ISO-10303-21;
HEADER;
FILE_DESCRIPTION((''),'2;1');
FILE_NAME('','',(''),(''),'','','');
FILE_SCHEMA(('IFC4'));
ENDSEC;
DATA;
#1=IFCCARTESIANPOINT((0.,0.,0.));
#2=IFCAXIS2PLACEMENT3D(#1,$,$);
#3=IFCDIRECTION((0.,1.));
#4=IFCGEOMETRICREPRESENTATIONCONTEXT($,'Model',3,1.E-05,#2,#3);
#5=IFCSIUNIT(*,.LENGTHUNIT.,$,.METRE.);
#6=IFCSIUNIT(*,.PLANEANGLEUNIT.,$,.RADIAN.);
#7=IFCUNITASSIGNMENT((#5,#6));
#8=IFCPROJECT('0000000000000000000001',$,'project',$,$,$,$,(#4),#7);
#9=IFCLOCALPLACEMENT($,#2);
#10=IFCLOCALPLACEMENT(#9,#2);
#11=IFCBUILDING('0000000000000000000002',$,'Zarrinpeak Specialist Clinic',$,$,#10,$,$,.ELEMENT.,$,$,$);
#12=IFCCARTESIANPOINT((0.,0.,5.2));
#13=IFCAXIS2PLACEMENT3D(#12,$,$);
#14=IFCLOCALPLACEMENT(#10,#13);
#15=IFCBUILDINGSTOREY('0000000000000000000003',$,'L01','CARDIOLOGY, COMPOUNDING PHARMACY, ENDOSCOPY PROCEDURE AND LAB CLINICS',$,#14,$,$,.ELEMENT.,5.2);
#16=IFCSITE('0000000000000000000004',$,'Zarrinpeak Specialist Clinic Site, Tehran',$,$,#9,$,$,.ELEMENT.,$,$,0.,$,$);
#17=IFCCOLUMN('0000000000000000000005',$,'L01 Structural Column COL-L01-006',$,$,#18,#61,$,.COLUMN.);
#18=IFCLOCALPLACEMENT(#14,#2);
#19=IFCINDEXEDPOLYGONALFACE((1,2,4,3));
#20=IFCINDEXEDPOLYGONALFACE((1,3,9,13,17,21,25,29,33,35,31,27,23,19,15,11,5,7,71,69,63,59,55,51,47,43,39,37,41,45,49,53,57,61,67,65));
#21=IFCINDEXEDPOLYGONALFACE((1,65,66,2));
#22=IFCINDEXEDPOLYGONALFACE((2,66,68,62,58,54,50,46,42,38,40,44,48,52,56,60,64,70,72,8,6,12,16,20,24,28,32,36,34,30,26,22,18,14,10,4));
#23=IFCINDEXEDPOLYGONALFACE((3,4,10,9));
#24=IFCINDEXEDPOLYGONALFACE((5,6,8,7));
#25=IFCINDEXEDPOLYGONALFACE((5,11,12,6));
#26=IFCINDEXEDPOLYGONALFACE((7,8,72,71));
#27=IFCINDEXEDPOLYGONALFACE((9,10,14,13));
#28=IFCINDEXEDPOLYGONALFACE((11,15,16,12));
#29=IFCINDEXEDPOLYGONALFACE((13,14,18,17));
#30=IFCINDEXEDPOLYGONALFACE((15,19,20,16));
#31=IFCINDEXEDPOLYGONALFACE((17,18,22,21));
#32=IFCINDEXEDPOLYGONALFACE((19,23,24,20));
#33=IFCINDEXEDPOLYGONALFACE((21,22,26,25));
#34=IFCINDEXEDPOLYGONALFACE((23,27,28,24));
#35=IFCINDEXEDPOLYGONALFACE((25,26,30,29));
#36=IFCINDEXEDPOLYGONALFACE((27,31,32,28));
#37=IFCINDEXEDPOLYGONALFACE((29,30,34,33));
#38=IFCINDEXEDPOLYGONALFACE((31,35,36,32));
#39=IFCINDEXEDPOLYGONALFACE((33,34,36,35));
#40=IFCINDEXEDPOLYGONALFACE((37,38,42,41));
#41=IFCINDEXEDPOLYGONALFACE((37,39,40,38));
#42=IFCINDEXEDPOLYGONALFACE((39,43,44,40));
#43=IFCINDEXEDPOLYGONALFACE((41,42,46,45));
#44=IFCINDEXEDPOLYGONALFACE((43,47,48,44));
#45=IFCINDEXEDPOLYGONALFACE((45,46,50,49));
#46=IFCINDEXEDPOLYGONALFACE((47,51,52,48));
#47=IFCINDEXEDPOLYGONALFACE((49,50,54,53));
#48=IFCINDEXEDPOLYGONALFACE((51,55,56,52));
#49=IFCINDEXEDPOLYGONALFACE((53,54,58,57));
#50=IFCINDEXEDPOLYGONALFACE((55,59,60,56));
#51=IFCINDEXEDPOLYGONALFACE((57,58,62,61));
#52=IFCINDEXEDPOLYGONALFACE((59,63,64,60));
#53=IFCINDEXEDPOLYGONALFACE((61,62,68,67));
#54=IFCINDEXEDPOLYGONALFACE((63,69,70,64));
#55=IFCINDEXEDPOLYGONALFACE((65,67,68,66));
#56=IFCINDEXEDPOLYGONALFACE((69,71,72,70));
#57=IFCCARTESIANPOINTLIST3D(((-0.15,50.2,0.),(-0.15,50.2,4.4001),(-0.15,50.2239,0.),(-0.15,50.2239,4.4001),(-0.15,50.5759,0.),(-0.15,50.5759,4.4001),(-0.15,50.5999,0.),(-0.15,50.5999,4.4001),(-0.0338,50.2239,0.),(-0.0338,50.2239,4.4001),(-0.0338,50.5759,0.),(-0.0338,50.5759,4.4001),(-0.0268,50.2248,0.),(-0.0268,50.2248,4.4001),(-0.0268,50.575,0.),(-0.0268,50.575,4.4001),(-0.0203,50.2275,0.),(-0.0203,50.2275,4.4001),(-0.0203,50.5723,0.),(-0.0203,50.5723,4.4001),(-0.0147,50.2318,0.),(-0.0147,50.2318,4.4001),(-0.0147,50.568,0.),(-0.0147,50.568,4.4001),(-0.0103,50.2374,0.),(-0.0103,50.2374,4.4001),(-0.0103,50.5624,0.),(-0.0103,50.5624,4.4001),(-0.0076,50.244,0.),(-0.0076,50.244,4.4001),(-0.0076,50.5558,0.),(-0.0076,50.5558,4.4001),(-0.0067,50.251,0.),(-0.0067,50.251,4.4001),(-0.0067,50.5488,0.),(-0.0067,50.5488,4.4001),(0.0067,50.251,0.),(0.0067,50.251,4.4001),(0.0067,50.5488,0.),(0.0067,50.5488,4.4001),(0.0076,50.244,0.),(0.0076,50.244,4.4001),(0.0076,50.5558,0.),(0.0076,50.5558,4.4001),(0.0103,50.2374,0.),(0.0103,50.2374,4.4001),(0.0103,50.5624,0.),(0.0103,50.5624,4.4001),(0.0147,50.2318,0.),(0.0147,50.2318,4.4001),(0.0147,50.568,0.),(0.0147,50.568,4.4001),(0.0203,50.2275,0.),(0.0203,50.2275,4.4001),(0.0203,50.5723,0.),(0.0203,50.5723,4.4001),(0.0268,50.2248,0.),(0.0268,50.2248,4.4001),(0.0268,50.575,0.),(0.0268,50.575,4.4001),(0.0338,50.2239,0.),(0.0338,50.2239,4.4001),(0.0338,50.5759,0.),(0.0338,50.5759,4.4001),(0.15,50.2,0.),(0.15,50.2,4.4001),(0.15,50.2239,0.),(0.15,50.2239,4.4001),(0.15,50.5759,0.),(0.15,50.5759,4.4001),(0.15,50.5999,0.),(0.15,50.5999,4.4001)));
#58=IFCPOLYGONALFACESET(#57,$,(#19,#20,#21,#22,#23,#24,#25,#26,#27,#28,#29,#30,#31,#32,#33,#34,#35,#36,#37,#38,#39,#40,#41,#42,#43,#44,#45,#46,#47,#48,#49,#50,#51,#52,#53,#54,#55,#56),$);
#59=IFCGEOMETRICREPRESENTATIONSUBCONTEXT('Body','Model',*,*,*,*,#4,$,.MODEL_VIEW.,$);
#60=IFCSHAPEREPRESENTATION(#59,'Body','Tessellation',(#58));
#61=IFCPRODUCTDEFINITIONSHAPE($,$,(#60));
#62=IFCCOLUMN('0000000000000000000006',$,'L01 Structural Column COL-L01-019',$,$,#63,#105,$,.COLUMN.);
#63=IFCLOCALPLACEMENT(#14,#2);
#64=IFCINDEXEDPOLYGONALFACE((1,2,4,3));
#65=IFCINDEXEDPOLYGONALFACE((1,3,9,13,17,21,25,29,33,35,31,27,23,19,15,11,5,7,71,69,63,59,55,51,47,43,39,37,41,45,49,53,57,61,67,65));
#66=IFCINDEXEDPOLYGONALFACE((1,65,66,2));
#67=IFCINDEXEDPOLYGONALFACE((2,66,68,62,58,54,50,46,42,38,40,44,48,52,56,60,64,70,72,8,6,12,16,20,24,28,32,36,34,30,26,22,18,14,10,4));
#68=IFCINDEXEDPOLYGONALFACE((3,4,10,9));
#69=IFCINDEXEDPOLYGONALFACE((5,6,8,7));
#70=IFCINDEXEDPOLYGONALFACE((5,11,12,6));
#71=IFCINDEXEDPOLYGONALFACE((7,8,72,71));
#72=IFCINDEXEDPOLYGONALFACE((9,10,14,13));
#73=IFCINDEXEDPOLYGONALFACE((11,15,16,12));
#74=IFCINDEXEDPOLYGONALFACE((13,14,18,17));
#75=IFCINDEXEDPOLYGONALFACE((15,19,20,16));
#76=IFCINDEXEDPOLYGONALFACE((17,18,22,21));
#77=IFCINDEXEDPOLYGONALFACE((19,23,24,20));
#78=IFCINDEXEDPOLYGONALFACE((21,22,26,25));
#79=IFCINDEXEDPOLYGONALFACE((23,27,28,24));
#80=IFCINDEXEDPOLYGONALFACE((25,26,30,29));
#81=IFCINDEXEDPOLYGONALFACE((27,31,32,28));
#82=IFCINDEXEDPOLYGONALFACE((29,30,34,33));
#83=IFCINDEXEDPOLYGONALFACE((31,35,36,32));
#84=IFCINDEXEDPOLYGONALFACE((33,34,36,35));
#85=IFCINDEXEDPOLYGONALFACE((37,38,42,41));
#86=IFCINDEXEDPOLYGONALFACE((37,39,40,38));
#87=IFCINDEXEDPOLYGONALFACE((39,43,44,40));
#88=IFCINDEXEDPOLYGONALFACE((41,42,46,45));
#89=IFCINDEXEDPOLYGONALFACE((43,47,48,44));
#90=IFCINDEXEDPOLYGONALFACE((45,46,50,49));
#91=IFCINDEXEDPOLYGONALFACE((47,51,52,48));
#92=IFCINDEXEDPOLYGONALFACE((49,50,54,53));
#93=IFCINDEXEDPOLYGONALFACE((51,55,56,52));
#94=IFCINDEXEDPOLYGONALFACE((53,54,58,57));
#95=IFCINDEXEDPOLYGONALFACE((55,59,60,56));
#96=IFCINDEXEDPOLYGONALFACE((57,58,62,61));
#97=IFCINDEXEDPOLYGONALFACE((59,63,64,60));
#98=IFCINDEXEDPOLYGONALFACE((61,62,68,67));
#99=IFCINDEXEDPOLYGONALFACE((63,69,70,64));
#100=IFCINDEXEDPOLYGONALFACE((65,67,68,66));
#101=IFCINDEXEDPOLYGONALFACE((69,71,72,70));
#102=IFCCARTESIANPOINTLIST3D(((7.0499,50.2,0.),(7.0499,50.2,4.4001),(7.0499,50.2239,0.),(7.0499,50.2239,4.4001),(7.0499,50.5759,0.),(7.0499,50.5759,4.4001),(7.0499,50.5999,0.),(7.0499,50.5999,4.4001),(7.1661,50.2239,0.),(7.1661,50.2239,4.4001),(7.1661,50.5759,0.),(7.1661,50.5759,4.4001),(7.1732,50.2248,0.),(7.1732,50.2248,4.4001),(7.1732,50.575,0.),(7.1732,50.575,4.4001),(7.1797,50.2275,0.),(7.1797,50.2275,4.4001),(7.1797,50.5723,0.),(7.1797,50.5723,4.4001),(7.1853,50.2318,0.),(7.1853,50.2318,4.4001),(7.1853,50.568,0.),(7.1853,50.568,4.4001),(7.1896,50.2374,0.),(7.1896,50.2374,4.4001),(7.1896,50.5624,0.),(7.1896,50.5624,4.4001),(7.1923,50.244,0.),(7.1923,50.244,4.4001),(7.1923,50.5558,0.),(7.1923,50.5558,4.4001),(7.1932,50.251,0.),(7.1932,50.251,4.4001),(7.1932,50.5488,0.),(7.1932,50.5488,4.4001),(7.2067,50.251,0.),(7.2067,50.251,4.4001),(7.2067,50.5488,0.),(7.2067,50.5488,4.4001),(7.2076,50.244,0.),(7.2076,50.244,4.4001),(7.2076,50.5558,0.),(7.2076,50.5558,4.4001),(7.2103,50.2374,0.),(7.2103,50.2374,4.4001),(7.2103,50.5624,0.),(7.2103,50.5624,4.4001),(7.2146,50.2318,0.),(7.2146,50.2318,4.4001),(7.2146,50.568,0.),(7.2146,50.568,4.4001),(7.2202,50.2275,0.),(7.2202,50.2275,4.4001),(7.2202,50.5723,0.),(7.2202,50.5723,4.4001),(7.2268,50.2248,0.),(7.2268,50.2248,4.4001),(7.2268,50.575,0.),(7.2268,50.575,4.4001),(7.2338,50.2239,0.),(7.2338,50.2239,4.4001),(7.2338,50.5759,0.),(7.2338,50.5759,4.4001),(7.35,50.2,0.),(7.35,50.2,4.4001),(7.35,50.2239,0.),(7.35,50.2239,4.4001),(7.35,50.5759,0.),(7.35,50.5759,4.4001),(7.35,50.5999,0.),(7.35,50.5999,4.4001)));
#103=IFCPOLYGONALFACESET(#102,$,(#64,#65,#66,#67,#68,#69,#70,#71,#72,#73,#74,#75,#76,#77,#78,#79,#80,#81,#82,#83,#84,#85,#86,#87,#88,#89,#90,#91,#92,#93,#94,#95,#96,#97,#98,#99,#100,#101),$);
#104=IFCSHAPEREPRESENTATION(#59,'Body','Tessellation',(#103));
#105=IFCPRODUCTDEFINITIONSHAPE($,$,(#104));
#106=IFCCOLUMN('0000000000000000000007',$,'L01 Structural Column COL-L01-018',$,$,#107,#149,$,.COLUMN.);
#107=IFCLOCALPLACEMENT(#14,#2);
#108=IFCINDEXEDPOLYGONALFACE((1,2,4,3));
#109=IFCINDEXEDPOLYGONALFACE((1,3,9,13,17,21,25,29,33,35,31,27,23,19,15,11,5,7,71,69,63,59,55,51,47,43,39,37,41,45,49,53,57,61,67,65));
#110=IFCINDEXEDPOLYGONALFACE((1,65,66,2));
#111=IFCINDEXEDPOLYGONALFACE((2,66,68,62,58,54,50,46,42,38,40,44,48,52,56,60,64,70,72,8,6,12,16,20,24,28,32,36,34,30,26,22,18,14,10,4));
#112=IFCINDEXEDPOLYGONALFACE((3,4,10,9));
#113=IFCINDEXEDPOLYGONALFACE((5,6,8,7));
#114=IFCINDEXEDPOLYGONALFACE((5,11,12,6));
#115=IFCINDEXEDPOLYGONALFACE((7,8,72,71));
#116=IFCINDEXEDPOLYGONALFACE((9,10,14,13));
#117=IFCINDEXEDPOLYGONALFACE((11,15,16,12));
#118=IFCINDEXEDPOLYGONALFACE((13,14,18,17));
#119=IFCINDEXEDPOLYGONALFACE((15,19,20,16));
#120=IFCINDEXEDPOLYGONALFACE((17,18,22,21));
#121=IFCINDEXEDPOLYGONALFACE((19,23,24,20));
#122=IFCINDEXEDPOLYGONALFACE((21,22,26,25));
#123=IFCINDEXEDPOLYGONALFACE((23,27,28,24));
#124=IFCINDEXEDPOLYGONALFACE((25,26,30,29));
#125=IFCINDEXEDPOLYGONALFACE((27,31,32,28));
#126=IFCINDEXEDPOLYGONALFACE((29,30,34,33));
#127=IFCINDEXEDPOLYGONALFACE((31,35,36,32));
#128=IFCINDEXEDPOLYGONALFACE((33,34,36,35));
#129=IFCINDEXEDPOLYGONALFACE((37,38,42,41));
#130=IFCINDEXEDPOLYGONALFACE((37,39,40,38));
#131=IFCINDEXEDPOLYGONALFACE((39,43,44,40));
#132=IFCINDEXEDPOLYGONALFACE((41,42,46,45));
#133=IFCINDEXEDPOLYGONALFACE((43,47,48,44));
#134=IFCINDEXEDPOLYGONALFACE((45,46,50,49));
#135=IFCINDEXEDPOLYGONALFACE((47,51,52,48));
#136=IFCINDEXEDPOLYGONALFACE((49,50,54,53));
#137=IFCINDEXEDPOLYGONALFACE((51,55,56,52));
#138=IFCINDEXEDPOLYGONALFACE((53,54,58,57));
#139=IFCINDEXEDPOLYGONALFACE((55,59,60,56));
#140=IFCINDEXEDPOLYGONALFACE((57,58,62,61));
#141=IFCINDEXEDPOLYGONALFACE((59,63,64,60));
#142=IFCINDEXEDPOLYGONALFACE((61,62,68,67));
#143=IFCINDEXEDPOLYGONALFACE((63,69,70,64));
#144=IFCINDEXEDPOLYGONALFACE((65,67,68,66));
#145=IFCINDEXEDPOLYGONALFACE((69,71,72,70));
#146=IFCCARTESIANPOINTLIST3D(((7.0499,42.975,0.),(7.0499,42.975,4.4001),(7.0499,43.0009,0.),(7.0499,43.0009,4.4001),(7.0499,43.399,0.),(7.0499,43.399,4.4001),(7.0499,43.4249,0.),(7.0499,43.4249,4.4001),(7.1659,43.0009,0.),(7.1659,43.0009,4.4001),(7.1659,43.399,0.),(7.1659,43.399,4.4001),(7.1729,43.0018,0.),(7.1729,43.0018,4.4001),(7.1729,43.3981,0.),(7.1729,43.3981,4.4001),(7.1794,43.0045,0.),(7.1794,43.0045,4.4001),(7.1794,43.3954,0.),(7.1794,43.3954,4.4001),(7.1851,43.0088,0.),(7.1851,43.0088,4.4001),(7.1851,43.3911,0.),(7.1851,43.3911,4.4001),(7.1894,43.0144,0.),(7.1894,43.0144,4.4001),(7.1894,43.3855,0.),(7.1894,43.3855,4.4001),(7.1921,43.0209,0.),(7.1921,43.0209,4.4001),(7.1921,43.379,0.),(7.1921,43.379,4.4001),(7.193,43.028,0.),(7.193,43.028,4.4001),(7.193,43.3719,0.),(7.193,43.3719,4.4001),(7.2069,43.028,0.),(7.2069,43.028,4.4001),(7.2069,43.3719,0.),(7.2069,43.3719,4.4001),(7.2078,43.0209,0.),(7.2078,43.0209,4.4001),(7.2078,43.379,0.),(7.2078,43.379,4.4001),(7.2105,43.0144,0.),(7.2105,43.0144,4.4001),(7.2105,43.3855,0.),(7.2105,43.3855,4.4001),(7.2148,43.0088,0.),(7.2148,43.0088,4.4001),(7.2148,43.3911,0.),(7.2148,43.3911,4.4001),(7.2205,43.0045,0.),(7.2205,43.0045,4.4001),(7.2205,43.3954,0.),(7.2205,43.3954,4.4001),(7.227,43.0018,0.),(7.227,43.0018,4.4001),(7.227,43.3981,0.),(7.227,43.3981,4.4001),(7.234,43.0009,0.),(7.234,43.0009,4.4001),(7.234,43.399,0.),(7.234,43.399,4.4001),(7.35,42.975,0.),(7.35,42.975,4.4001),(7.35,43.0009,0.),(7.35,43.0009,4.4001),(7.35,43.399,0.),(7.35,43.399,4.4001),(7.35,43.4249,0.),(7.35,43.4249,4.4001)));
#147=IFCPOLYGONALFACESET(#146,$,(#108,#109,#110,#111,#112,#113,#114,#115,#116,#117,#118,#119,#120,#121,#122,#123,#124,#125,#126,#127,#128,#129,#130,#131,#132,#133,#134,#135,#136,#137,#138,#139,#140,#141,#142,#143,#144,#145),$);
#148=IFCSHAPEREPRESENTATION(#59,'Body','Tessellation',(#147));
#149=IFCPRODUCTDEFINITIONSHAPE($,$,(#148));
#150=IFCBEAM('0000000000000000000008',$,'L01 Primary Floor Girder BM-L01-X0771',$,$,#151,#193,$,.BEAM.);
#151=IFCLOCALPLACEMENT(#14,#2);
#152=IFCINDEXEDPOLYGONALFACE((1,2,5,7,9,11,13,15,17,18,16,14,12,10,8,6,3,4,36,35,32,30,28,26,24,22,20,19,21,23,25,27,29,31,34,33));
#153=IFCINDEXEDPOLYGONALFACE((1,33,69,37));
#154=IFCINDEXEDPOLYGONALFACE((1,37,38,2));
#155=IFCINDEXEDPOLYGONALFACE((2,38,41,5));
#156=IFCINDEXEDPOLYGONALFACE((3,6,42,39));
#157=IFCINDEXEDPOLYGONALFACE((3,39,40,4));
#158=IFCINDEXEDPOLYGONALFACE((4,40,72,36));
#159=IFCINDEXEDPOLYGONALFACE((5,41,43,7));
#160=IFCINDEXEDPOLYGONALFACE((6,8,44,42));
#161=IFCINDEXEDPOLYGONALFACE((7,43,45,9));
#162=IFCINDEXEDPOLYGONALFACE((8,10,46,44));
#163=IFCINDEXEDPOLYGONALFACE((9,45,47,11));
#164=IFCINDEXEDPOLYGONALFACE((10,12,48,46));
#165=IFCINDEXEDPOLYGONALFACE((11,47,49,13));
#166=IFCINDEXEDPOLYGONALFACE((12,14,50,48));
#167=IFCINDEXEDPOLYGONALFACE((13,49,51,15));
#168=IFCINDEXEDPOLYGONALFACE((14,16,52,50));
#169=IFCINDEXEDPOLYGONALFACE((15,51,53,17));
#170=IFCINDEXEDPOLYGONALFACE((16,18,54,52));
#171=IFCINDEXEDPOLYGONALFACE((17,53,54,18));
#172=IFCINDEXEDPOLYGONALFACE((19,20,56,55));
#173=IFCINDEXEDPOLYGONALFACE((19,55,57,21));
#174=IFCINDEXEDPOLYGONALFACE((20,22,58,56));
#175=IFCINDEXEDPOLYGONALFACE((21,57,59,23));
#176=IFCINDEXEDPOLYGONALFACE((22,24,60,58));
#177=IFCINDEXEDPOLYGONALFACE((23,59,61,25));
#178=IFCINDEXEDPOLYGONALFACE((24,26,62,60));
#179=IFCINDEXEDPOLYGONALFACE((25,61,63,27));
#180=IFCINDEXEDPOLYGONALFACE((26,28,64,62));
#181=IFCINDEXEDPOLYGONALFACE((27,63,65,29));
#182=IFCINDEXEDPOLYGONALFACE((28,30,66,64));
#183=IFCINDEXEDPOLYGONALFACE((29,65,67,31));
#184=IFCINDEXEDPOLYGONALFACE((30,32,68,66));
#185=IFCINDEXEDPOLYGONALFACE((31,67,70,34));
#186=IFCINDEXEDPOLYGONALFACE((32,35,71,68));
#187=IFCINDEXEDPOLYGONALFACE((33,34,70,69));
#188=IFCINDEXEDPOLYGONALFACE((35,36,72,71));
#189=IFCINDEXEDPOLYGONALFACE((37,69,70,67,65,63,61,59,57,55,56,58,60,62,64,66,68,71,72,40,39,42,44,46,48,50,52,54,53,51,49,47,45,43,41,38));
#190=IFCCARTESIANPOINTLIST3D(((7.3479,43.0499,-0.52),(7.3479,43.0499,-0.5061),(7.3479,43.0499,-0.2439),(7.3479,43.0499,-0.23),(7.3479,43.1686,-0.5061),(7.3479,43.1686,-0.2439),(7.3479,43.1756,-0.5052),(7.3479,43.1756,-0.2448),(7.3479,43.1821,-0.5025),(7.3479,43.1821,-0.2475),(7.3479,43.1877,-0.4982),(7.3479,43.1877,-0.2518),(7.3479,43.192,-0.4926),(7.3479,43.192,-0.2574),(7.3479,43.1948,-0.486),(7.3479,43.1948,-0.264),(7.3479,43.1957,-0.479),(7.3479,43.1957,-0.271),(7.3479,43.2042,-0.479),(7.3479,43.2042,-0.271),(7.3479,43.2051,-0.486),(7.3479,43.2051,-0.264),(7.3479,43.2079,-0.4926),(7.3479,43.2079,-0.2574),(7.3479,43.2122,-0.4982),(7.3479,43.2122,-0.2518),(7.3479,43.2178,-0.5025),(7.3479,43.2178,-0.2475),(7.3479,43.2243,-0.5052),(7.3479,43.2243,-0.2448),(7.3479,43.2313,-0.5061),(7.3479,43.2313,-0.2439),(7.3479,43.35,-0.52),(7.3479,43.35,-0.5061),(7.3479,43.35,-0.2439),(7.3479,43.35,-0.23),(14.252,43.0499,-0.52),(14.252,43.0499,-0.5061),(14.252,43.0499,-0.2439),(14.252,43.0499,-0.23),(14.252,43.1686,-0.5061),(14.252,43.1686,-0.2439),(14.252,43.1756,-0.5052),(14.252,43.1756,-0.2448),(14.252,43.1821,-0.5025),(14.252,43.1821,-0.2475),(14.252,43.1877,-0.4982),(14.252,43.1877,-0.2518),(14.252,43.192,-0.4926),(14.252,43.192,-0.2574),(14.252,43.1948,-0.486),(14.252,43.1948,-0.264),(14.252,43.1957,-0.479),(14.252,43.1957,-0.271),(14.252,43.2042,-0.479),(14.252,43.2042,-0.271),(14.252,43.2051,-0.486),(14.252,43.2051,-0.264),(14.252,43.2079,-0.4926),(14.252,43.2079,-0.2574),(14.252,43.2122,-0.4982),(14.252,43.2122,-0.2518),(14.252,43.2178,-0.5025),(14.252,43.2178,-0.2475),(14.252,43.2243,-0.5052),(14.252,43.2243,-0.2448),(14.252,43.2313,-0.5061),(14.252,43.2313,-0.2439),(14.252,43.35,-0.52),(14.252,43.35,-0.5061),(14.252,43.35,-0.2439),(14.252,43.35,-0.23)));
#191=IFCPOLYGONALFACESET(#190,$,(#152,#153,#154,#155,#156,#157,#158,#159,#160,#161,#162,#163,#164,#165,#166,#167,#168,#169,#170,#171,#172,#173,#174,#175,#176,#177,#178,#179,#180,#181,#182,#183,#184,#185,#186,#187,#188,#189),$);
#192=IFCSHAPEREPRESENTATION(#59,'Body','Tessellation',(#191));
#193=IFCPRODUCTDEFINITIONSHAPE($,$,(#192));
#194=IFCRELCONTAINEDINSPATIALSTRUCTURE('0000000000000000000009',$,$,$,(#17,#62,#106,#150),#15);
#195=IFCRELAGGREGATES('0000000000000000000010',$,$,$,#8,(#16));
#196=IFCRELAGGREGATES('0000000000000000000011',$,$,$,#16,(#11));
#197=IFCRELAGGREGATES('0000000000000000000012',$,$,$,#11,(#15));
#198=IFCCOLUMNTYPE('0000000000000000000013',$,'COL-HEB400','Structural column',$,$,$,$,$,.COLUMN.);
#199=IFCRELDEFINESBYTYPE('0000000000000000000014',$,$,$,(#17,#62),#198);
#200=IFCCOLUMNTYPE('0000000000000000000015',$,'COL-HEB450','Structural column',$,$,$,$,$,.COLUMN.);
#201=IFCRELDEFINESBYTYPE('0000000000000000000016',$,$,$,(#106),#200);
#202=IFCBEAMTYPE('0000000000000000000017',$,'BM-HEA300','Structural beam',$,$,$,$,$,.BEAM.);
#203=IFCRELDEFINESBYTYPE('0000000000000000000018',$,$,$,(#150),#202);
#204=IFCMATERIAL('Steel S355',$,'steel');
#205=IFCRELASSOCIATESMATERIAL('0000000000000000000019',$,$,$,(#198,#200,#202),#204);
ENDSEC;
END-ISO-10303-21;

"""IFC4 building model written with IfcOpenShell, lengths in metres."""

from ifc_helpers import new_model, si_unit, direction, frame, origin, origin_2d, place, context, subcontext, project, spatial, i_section, extrude, material, material_profile, profile_set, type_object, element, save


model = new_model("IFC4")

# Units and contexts
model_context = context("Model", 3, precision=1e-05, world=origin(), true_north=direction((0.0, 1.0)))
body_context = subcontext(model_context, "Body", "Model", "MODEL_VIEW")
ifc_project = project(units=[si_unit("LENGTHUNIT", "METRE"), si_unit("PLANEANGLEUNIT", "RADIAN")], contexts=[model_context])

# Site, building, storey
site_placement = place(None, origin())
site = spatial("IfcSite", under=ifc_project, at=site_placement, Name="Zarrinpeak Specialist Clinic Site, Tehran", CompositionType="ELEMENT", RefElevation=0.0)
building_placement = place(site_placement, origin())
building = spatial("IfcBuilding", under=site, at=building_placement, Name="Zarrinpeak Specialist Clinic", CompositionType="ELEMENT")
storey_placement = place(building_placement, frame((0.0, 0.0, 5.2)))
storey = spatial("IfcBuildingStorey", under=building, at=storey_placement, Name="L01", Description="CARDIOLOGY, COMPOUNDING PHARMACY, ENDOSCOPY PROCEDURE AND LAB CLINICS", CompositionType="ELEMENT", Elevation=5.2)

# Columns
ifc_material_1 = material(Name="Steel S355", Category="steel")
ifc_material_profile_1 = material_profile(ifc_material_1, i_section(OverallWidth=0.3, OverallDepth=0.3999, WebThickness=0.0134, FlangeThickness=0.0239, FilletRadius=0.0271, at=origin_2d()), Name="HEB 400")
ifc_profile_set_1 = profile_set([ifc_material_profile_1], Name="Steel S355")
column_type_1 = type_object("IfcColumnType", Name="COL-HEB400", Description="Structural column", PredefinedType="COLUMN", material=ifc_profile_set_1)
for number, where, z_axis, x_axis, name in (
    (1, (0.0, 50.3999, 0.0), (0.0, 0.0, 1.0), (1.0, 0.0, 0.0), "L01 Structural Column COL-L01-006"),
    (2, (7.2, 50.3999, 0.0), (0.0, 0.0, 1.0), (1.0, 0.0, 0.0), "L01 Structural Column COL-L01-019"),
):
    element("IfcColumn", number, at=place(storey_placement, frame(where, z_axis=z_axis, x_axis=x_axis)), inside=storey, type_object=column_type_1, Name=name, PredefinedType="COLUMN", context=body_context, shape_type="SweptSolid", body=[
        extrude(i_section(OverallWidth=0.3, OverallDepth=0.3999, WebThickness=0.0134, FlangeThickness=0.0239, FilletRadius=0.0271, at=origin_2d()), origin(), (0.0, 0.0, 1.0), 4.4001),
    ])
ifc_material_profile_2 = material_profile(ifc_material_1, i_section(OverallWidth=0.3, OverallDepth=0.45, WebThickness=0.0139, FlangeThickness=0.0259, FilletRadius=0.0271, at=origin_2d()), Name="HEB 450")
ifc_profile_set_2 = profile_set([ifc_material_profile_2], Name="Steel S355")
column_type_2 = type_object("IfcColumnType", Name="COL-HEB450", Description="Structural column", PredefinedType="COLUMN", material=ifc_profile_set_2)
column_placement = place(storey_placement, frame((7.2, 43.2, 0.0), z_axis=(0.0, 0.0, 1.0), x_axis=(1.0, 0.0, 0.0)))
element("IfcColumn", 3, at=column_placement, inside=storey, type_object=column_type_2, Name="L01 Structural Column COL-L01-018", PredefinedType="COLUMN", context=body_context, shape_type="SweptSolid", body=[
    extrude(i_section(OverallWidth=0.3, OverallDepth=0.45, WebThickness=0.0139, FlangeThickness=0.0259, FilletRadius=0.0271, at=origin_2d()), origin(), (0.0, 0.0, 1.0), 4.4001),
])

# Beam
ifc_material_profile_3 = material_profile(ifc_material_1, i_section(OverallWidth=0.3, OverallDepth=0.29, WebThickness=0.0085, FlangeThickness=0.0139, FilletRadius=0.0271, at=origin_2d()), Name="HEA 300")
ifc_profile_set_3 = profile_set([ifc_material_profile_3], Name="Steel S355")
beam_type_1 = type_object("IfcBeamType", Name="BM-HEA300", Description="Structural beam", PredefinedType="BEAM", material=ifc_profile_set_3)
for number, where, z_axis, x_axis, name in (
    (4, (7.3479, 43.2, -0.375), (1.0, 0.0, 0.0), (0.0, 1.0, 0.0), "L01 Primary Floor Girder BM-L01-X0771"),
):
    element("IfcBeam", number, at=place(storey_placement, frame(where, z_axis=z_axis, x_axis=x_axis)), inside=storey, type_object=beam_type_1, Name=name, PredefinedType="BEAM", context=body_context, shape_type="SweptSolid", body=[
        extrude(i_section(OverallWidth=0.3, OverallDepth=0.29, WebThickness=0.0085, FlangeThickness=0.0139, FilletRadius=0.0271, at=origin_2d()), origin(), (0.0, 0.0, 1.0), 6.9041),
    ])

save(model, "model.ifc")
